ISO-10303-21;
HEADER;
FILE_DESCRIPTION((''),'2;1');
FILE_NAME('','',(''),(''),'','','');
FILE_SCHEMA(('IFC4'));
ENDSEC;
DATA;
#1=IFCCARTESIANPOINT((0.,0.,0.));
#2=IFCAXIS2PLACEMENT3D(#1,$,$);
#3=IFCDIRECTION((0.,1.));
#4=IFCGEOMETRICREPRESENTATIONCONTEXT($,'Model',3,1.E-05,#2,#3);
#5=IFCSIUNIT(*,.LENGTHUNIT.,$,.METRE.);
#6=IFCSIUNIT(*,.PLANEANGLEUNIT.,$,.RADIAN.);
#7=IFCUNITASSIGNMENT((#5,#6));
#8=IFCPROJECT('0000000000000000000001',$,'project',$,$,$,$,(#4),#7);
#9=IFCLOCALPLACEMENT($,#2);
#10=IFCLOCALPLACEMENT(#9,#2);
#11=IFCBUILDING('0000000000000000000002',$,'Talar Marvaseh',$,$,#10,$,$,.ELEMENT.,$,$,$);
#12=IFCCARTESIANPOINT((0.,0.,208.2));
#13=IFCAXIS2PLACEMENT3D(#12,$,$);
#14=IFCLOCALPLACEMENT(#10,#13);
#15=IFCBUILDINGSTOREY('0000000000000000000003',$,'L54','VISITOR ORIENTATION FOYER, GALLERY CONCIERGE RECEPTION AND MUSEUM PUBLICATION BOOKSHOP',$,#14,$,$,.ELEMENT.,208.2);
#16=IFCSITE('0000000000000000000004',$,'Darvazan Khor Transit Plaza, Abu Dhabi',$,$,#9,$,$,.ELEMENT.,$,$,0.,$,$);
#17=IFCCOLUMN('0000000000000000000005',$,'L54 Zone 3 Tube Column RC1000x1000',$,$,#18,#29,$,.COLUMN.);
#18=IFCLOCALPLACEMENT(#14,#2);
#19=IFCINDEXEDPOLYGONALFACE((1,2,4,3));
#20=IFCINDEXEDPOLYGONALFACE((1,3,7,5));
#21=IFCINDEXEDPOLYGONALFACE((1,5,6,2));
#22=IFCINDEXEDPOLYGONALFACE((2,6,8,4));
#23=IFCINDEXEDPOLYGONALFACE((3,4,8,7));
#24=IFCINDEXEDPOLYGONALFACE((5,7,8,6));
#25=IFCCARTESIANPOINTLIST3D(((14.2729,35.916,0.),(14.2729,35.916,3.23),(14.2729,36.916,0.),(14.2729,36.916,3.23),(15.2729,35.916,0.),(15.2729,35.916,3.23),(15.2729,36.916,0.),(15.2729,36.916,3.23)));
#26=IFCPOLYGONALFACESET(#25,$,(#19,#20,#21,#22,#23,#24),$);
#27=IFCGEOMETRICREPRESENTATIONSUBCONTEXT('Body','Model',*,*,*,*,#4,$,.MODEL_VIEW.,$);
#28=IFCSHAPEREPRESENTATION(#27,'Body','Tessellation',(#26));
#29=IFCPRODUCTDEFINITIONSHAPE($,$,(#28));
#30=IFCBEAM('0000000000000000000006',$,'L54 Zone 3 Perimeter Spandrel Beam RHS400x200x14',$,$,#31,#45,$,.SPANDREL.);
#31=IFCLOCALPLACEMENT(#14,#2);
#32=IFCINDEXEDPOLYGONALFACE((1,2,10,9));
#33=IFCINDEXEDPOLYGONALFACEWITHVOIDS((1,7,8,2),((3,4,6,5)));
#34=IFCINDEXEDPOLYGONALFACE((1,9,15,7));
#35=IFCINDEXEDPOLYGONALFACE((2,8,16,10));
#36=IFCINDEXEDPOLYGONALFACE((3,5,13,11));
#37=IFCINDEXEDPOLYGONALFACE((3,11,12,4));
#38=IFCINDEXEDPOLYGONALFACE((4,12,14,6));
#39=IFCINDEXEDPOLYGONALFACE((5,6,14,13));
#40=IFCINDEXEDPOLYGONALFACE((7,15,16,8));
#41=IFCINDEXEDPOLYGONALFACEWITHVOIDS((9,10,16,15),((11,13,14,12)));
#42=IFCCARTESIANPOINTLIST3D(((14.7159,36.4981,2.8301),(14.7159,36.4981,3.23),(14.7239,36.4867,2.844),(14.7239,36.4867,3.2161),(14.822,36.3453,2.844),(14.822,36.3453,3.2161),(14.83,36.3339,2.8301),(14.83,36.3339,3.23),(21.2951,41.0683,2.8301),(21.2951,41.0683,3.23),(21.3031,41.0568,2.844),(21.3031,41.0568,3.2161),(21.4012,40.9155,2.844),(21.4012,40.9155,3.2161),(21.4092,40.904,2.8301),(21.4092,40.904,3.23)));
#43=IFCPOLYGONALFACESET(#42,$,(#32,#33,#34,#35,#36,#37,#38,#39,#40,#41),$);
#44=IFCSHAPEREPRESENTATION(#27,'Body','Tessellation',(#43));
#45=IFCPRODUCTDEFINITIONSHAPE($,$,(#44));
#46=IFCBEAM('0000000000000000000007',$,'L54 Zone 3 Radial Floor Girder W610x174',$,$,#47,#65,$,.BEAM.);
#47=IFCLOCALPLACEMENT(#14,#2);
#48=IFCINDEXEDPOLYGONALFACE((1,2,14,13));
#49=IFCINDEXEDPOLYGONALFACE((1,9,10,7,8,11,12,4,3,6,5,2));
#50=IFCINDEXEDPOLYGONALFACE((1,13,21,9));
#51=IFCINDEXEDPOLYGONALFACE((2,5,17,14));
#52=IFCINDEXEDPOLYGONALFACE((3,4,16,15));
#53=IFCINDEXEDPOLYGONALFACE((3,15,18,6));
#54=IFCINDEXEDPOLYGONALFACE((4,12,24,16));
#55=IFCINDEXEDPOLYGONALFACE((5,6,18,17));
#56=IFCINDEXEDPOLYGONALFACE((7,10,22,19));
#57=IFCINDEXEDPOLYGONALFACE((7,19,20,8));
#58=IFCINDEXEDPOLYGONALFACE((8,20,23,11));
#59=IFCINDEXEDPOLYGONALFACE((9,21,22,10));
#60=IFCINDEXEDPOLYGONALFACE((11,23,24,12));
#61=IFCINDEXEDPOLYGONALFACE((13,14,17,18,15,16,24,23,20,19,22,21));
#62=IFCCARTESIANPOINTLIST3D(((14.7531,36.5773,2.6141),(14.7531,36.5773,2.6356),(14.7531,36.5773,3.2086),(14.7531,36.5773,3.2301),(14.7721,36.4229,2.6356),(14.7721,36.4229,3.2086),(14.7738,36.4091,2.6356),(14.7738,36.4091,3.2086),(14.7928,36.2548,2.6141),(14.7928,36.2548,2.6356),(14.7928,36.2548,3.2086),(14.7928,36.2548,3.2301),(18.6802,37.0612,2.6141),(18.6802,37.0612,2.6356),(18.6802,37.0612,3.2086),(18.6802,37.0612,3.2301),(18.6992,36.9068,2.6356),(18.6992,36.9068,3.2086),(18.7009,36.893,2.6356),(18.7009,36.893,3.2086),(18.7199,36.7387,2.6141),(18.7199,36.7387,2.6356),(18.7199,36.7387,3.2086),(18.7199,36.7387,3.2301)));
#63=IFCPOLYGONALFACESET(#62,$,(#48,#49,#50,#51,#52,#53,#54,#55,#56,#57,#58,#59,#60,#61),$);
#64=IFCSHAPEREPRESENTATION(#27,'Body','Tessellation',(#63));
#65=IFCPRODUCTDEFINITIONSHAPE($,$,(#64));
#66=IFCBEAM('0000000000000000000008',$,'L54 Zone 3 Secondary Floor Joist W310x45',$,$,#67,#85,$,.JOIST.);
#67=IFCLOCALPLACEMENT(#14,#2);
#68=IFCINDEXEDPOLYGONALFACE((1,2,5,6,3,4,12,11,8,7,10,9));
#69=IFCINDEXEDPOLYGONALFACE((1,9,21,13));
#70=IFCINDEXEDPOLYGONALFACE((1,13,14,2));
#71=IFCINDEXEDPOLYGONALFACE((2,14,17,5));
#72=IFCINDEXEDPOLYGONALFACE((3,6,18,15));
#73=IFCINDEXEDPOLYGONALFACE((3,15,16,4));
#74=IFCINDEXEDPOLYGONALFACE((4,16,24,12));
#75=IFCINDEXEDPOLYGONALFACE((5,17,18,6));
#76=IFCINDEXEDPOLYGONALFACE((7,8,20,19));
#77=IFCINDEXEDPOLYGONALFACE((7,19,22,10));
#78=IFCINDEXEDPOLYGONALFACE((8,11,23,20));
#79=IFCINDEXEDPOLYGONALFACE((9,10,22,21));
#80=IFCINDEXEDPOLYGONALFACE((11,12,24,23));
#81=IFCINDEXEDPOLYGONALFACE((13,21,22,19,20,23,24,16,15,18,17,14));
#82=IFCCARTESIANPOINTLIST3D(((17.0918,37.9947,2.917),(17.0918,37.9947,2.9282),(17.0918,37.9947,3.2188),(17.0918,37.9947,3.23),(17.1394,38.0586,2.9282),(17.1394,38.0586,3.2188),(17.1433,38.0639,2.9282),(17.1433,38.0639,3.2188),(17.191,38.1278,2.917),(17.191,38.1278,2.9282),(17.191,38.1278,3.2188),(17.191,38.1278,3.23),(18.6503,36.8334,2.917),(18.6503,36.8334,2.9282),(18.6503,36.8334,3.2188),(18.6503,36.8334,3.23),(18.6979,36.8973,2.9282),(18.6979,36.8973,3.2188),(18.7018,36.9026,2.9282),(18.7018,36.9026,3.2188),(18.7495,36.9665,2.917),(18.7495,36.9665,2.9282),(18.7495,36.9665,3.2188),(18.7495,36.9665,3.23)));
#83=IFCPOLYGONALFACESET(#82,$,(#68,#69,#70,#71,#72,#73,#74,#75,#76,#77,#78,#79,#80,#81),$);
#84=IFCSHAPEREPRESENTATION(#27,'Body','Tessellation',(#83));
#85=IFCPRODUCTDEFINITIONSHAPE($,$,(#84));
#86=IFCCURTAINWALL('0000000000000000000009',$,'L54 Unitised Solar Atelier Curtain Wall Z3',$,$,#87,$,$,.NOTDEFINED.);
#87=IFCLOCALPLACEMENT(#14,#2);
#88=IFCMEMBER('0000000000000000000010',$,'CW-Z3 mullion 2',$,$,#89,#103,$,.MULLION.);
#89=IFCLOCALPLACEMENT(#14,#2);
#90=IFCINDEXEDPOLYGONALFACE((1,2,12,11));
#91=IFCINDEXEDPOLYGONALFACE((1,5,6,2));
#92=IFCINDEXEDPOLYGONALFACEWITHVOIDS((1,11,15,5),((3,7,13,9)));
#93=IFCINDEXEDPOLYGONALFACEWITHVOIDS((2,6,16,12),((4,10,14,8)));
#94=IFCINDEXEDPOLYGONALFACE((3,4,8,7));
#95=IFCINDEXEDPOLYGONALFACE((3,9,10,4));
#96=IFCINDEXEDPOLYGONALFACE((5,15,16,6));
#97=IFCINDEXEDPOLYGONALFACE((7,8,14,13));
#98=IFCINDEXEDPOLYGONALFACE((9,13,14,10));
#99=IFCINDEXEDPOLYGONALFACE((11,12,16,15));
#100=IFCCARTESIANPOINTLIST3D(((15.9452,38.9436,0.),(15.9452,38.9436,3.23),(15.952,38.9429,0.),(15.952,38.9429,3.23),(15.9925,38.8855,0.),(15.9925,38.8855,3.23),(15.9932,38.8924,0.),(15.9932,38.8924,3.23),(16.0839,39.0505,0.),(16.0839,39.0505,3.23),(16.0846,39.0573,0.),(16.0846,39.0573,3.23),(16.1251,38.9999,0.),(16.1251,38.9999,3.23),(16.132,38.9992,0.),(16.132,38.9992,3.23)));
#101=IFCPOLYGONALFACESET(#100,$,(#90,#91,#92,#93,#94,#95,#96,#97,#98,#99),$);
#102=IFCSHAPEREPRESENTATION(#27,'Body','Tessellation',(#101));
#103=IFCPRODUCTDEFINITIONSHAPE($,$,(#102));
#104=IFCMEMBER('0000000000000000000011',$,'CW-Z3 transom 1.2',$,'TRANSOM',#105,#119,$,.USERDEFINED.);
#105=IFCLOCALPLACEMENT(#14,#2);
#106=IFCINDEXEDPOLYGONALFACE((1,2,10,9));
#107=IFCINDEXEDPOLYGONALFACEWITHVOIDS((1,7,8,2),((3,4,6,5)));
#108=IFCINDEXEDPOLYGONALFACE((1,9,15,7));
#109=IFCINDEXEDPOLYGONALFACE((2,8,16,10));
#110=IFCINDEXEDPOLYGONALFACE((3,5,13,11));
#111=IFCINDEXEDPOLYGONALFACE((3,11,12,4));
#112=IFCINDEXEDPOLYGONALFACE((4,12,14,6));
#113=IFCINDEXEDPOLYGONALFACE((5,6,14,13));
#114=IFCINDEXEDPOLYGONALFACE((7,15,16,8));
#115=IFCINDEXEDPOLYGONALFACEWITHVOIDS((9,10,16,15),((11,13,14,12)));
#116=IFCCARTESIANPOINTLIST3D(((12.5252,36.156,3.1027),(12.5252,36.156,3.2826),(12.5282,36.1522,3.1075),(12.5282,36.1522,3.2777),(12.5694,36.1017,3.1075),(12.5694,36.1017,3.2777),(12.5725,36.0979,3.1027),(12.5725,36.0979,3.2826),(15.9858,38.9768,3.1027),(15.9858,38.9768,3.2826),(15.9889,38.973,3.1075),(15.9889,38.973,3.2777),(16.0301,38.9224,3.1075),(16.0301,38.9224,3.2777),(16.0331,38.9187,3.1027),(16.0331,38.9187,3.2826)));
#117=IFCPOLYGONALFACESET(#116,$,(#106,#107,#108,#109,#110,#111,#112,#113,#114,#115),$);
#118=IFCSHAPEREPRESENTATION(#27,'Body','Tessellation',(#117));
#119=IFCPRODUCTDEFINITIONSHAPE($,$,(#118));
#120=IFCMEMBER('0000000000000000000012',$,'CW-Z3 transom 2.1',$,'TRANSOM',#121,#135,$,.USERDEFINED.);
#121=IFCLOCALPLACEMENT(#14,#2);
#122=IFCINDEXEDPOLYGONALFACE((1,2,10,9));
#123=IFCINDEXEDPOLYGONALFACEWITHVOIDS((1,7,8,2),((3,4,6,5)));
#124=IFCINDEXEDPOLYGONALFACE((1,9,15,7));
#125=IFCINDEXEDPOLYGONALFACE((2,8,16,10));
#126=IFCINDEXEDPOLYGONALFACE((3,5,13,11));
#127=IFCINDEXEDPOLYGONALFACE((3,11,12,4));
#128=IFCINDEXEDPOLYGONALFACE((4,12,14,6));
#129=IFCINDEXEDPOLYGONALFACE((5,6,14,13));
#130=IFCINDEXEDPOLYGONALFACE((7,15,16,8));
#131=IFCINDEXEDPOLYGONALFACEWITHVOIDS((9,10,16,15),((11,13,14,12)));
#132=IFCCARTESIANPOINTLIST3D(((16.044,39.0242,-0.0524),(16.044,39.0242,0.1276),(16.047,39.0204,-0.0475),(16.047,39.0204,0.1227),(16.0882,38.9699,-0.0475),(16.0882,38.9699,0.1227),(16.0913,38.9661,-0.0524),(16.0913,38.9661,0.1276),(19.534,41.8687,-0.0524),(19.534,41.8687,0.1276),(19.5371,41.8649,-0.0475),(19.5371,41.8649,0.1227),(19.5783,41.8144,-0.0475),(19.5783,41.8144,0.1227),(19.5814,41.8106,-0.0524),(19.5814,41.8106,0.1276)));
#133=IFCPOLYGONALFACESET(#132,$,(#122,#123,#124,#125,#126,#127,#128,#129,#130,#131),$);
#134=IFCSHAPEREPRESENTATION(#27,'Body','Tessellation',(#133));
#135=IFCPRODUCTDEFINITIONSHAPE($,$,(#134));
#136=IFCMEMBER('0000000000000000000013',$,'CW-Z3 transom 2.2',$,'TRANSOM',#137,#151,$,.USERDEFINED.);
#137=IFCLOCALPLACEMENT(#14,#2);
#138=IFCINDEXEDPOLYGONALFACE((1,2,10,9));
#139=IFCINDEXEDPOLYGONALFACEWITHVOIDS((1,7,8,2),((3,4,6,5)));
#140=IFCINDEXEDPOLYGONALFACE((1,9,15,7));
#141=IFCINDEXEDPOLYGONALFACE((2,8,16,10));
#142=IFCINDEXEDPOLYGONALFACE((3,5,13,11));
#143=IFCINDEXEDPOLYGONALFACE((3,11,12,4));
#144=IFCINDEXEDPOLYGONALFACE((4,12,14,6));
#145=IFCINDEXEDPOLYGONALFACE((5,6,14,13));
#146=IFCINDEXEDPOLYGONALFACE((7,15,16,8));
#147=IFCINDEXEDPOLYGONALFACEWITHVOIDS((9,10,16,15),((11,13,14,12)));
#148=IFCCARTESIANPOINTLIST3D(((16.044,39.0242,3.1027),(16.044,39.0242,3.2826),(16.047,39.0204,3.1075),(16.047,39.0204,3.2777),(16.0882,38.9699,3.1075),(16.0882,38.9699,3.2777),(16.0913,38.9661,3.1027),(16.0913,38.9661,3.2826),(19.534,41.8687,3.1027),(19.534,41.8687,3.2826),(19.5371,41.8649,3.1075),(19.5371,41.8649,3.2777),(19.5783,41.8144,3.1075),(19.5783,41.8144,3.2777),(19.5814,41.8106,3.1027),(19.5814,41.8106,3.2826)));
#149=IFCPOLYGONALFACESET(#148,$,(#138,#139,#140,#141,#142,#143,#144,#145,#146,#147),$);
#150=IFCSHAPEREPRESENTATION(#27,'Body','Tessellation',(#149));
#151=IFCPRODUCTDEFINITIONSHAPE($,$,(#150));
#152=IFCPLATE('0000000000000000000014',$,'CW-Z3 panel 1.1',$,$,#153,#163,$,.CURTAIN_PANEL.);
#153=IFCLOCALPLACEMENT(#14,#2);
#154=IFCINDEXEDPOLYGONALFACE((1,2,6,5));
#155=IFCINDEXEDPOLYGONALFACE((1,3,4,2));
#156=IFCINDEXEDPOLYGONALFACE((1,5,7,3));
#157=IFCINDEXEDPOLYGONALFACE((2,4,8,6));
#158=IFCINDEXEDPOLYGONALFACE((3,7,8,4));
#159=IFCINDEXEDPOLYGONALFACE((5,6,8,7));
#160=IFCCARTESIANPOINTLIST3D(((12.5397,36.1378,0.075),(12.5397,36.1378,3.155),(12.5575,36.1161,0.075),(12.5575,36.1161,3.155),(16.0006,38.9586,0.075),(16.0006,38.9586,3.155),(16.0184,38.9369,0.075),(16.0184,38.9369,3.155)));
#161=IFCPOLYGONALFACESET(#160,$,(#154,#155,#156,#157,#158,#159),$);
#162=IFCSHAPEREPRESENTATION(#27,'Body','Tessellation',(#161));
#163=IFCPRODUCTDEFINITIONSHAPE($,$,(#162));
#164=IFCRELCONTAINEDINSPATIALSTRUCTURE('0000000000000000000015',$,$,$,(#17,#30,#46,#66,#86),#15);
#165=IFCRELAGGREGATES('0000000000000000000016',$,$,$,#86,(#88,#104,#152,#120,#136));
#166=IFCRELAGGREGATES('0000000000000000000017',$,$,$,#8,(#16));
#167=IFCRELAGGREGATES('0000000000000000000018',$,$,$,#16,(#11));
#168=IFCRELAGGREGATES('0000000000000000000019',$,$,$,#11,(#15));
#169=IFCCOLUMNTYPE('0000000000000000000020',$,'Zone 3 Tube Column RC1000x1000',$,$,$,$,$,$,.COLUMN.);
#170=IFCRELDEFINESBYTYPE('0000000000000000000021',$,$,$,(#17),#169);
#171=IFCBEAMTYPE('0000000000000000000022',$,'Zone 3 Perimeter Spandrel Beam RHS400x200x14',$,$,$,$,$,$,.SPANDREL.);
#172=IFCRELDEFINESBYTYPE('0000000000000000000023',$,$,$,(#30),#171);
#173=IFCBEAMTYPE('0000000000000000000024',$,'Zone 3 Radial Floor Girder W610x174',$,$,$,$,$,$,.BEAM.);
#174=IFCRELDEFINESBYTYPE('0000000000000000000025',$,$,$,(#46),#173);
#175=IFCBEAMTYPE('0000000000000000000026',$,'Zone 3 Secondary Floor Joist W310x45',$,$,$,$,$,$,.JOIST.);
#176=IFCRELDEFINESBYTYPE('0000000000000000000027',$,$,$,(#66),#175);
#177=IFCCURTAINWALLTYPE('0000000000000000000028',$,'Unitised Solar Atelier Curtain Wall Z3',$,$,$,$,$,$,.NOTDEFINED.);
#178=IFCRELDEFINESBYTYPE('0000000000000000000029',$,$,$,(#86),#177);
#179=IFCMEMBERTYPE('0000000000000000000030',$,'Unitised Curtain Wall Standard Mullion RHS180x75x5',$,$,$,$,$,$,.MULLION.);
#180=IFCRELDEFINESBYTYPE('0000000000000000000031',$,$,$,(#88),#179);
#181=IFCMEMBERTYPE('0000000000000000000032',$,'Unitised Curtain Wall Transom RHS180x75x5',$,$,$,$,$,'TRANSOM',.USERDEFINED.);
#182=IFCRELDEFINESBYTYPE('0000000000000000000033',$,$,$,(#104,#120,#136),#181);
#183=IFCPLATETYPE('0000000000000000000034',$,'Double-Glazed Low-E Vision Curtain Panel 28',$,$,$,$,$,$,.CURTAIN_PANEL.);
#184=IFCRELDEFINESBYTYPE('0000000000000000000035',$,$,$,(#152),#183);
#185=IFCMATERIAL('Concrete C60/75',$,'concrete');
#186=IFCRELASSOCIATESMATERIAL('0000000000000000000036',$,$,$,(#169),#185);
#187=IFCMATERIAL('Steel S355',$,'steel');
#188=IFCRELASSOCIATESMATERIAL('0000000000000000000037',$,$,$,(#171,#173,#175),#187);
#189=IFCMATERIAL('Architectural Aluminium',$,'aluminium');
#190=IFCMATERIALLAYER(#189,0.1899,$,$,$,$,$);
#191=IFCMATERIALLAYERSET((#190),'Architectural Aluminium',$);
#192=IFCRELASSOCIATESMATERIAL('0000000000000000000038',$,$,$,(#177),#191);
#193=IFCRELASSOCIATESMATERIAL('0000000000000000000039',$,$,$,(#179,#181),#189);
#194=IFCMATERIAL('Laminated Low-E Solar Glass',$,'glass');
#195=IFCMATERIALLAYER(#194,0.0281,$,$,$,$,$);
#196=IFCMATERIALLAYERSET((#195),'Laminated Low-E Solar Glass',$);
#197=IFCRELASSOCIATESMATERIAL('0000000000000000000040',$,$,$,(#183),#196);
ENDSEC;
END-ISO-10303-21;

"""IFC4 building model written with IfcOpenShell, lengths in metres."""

from ifc_helpers import new_model, si_unit, direction, frame, origin, origin_2d, place, context, subcontext, project, spatial, rectangle, hollow_rectangle, i_section, extrude, source, transform, mapped, material, layer, layer_set, material_profile, profile_set, type_object, type_shapes, element, aggregate, save


model = new_model("IFC4")

# Units and contexts
model_context = context("Model", 3, precision=1e-05, world=origin(), true_north=direction((0.0, 1.0)))
body_context = subcontext(model_context, "Body", "Model", "MODEL_VIEW")
ifc_project = project(units=[si_unit("LENGTHUNIT", "METRE"), si_unit("PLANEANGLEUNIT", "RADIAN")], contexts=[model_context])

# Site, building, storey
site_placement = place(None, origin())
site = spatial("IfcSite", under=ifc_project, at=site_placement, Name="Darvazan Khor Transit Plaza, Abu Dhabi", CompositionType="ELEMENT", RefElevation=0.0)
building_placement = place(site_placement, origin())
building = spatial("IfcBuilding", under=site, at=building_placement, Name="Talar Marvaseh", CompositionType="ELEMENT")
storey_placement = place(building_placement, frame((0.0, 0.0, 208.2)))
storey = spatial("IfcBuildingStorey", under=building, at=storey_placement, Name="L54", Description="VISITOR ORIENTATION FOYER, GALLERY CONCIERGE RECEPTION AND MUSEUM PUBLICATION BOOKSHOP", CompositionType="ELEMENT", Elevation=208.2)

# Column
ifc_material_1 = material(Name="Concrete C60/75", Category="concrete")
ifc_material_profile_1 = material_profile(ifc_material_1, rectangle(XDim=1.0, YDim=1.0, at=origin_2d()), Name="RC1000x1000")
ifc_profile_set_1 = profile_set([ifc_material_profile_1], Name="Concrete C60/75")
column_type = type_object("IfcColumnType", Name="Zone 3 Tube Column RC1000x1000", PredefinedType="COLUMN", material=ifc_profile_set_1)
column_placement = place(storey_placement, frame((14.7729, 36.416, 0.0), z_axis=(0.0, 0.0, 1.0), x_axis=(1.0, 0.0, 0.0)))
element("IfcColumn", 1, at=column_placement, inside=storey, type_object=column_type, Name="L54 Zone 3 Tube Column RC1000x1000", PredefinedType="COLUMN", context=body_context, shape_type="SweptSolid", body=[
    extrude(rectangle(XDim=1.0, YDim=1.0, at=origin_2d()), origin(), (0.0, 0.0, 1.0), 3.23),
])

# Beams
ifc_material_2 = material(Name="Steel S355", Category="steel")
ifc_material_profile_2 = material_profile(ifc_material_2, hollow_rectangle(XDim=0.2, YDim=0.3999, WallThickness=0.0139, at=origin_2d()), Name="RHS400x200x14")
ifc_profile_set_2 = profile_set([ifc_material_profile_2], Name="Steel S355")
beam_type_1 = type_object("IfcBeamType", Name="Zone 3 Perimeter Spandrel Beam RHS400x200x14", PredefinedType="SPANDREL", material=ifc_profile_set_2)
beam_1_placement = place(storey_placement, frame((14.7729, 36.416, 3.03), z_axis=(0.821297, 0.570501, 0.0), x_axis=(-0.570501, 0.821297, 0.0)))
element("IfcBeam", 2, at=beam_1_placement, inside=storey, type_object=beam_type_1, Name="L54 Zone 3 Perimeter Spandrel Beam RHS400x200x14", PredefinedType="SPANDREL", context=body_context, shape_type="SweptSolid", body=[
    extrude(hollow_rectangle(XDim=0.2, YDim=0.3999, WallThickness=0.0139, at=origin_2d()), origin(), (0.0, 0.0, 1.0), 8.0107),
])
ifc_material_profile_3 = material_profile(ifc_material_2, i_section(OverallWidth=0.325, OverallDepth=0.616, WebThickness=0.0139, FlangeThickness=0.0215, at=origin_2d()), Name="W610x174")
ifc_profile_set_3 = profile_set([ifc_material_profile_3], Name="Steel S355")
beam_type_2 = type_object("IfcBeamType", Name="Zone 3 Radial Floor Girder W610x174", PredefinedType="BEAM", material=ifc_profile_set_3)
beam_2_placement = place(storey_placement, frame((14.7729, 36.416, 2.9221), z_axis=(0.992494, 0.122295, 0.0), x_axis=(-0.122295, 0.992494, 0.0)))
element("IfcBeam", 3, at=beam_2_placement, inside=storey, type_object=beam_type_2, Name="L54 Zone 3 Radial Floor Girder W610x174", PredefinedType="BEAM", context=body_context, shape_type="SweptSolid", body=[
    extrude(i_section(OverallWidth=0.325, OverallDepth=0.616, WebThickness=0.0139, FlangeThickness=0.0215, at=origin_2d()), origin(), (0.0, 0.0, 1.0), 3.9568),
])
ifc_material_profile_4 = material_profile(ifc_material_2, i_section(OverallWidth=0.166, OverallDepth=0.313, WebThickness=0.0066, FlangeThickness=0.0112, at=origin_2d()), Name="W310x45")
ifc_profile_set_4 = profile_set([ifc_material_profile_4], Name="Steel S355")
beam_type_3 = type_object("IfcBeamType", Name="Zone 3 Secondary Floor Joist W310x45", PredefinedType="JOIST", material=ifc_profile_set_4)
beam_3_placement = place(storey_placement, frame((17.1414, 38.0613, 3.0735), z_axis=(0.801865, -0.597505, 0.0), x_axis=(0.597505, 0.801865, 0.0)))
element("IfcBeam", 4, at=beam_3_placement, inside=storey, type_object=beam_type_3, Name="L54 Zone 3 Secondary Floor Joist W310x45", PredefinedType="JOIST", context=body_context, shape_type="SweptSolid", body=[
    extrude(i_section(OverallWidth=0.166, OverallDepth=0.313, WebThickness=0.0066, FlangeThickness=0.0112, at=origin_2d()), origin(), (0.0, 0.0, 1.0), 1.9436),
])

# Curtain wall, members, plate
ifc_material_3 = material(Name="Architectural Aluminium", Category="aluminium")
ifc_layer_1 = layer(ifc_material_3, 0.1899)
ifc_layer_set_1 = layer_set([ifc_layer_1], Name="Architectural Aluminium")
curtain_wall_type = type_object("IfcCurtainWallType", Name="Unitised Solar Atelier Curtain Wall Z3", PredefinedType="NOTDEFINED", material=ifc_layer_set_1)
curtain_wall_placement = place(storey_placement, origin())
curtain_wall = element("IfcCurtainWall", 5, at=curtain_wall_placement, inside=storey, type_object=curtain_wall_type, Name="L54 Unitised Solar Atelier Curtain Wall Z3", PredefinedType="NOTDEFINED")
ifc_material_profile_5 = material_profile(ifc_material_3, hollow_rectangle(XDim=0.075, YDim=0.1799, WallThickness=0.0049, at=origin_2d()), Name="RHS180x75x5")
ifc_profile_set_5 = profile_set([ifc_material_profile_5], Name="Architectural Aluminium")
member_type_1 = type_object("IfcMemberType", Name="Unitised Curtain Wall Standard Mullion RHS180x75x5", PredefinedType="MULLION", material=ifc_profile_set_5)
shared_shape_1 = source(origin(), body_context, "Body", "SweptSolid", [
    extrude(hollow_rectangle(XDim=0.075, YDim=0.1799, WallThickness=0.0049, at=origin_2d()), origin(), (0.0, 0.0, 1.0), 3.23),
])
type_shapes(member_type_1, [shared_shape_1])
member_1_placement = place(storey_placement, frame((16.0386, 38.9714, 0.0), z_axis=(0.0, 0.0, 1.0), x_axis=(-0.631784, 0.775145, 0.0)))
member_1 = element("IfcMember", 6, at=member_1_placement, type_object=member_type_1, Name="CW-Z3 mullion 2", PredefinedType="MULLION", context=body_context, shape_type="MappedRepresentation", body=[
    mapped(shared_shape_1, transform((0.0, 0.0, 0.0), x_axis=(1.0, 0.0, 0.0), y_axis=(0.0, 1.0, 0.0), z_axis=(0.0, 0.0, 1.0), scale=1.0)),
])
ifc_material_profile_6 = material_profile(ifc_material_3, hollow_rectangle(XDim=0.075, YDim=0.1799, WallThickness=0.0049, at=origin_2d()), Name="RHS180x75x5")
ifc_profile_set_6 = profile_set([ifc_material_profile_6], Name="Architectural Aluminium")
member_type_2 = type_object("IfcMemberType", Name="Unitised Curtain Wall Transom RHS180x75x5", ElementType="TRANSOM", PredefinedType="USERDEFINED", material=ifc_profile_set_6)
shared_shape_2 = source(origin(), body_context, "Body", "SweptSolid", [
    extrude(hollow_rectangle(XDim=0.075, YDim=0.1799, WallThickness=0.0049, at=origin_2d()), origin(), (0.0, 0.0, 1.0), 4.4646),
])
member_2_placement = place(storey_placement, frame((12.5488, 36.127, 3.1926), z_axis=(0.775128, 0.631804, 0.0), x_axis=(-0.631804, 0.775128, 0.0)))
member_2 = element("IfcMember", 7, at=member_2_placement, type_object=member_type_2, Name="CW-Z3 transom 1.2", ObjectType="TRANSOM", PredefinedType="USERDEFINED", context=body_context, shape_type="MappedRepresentation", body=[
    mapped(shared_shape_2, transform((0.0, 0.0, 0.0), x_axis=(1.0, 0.0, 0.0), y_axis=(0.0, 1.0, 0.0), z_axis=(0.0, 0.0, 1.0), scale=1.0)),
])
shared_shape_3 = source(origin(), body_context, "Body", "SweptSolid", [
    extrude(hollow_rectangle(XDim=0.075, YDim=0.1799, WallThickness=0.0049, at=origin_2d()), origin(), (0.0, 0.0, 1.0), 4.5024),
])
type_shapes(member_type_2, [shared_shape_2, shared_shape_3])
member_3_placement = place(storey_placement, frame((16.0676, 38.9951, 0.0376), z_axis=(0.775149, 0.631778, 0.0), x_axis=(-0.631778, 0.775149, 0.0)))
member_3 = element("IfcMember", 8, at=member_3_placement, type_object=member_type_2, Name="CW-Z3 transom 2.1", ObjectType="TRANSOM", PredefinedType="USERDEFINED", context=body_context, shape_type="MappedRepresentation", body=[
    mapped(shared_shape_3, transform((0.0, 0.0, 0.0), x_axis=(1.0, 0.0, 0.0), y_axis=(0.0, 1.0, 0.0), z_axis=(0.0, 0.0, 1.0), scale=1.0)),
])
member_4_placement = place(storey_placement, frame((16.0676, 38.9951, 3.1926), z_axis=(0.775149, 0.631778, 0.0), x_axis=(-0.631778, 0.775149, 0.0)))
member_4 = element("IfcMember", 9, at=member_4_placement, type_object=member_type_2, Name="CW-Z3 transom 2.2", ObjectType="TRANSOM", PredefinedType="USERDEFINED", context=body_context, shape_type="MappedRepresentation", body=[
    mapped(shared_shape_3, transform((0.0, 0.0, 0.0), x_axis=(1.0, 0.0, 0.0), y_axis=(0.0, 1.0, 0.0), z_axis=(0.0, 0.0, 1.0), scale=1.0)),
])
ifc_material_4 = material(Name="Laminated Low-E Solar Glass", Category="glass")
ifc_layer_2 = layer(ifc_material_4, 0.0281)
ifc_layer_set_2 = layer_set([ifc_layer_2], Name="Laminated Low-E Solar Glass")
plate_type = type_object("IfcPlateType", Name="Double-Glazed Low-E Vision Curtain Panel 28", PredefinedType="CURTAIN_PANEL", material=ifc_layer_set_2)
shared_shape_4 = source(origin(), body_context, "Body", "SweptSolid", [
    extrude(rectangle(XDim=4.4648, YDim=0.0281, at=origin_2d()), origin(), (0.0, 0.0, 1.0), 3.0801),
])
plate_1_placement = place(storey_placement, frame((14.2791, 37.5374, 0.075), z_axis=(0.0, 0.0, 1.0), x_axis=(0.775145, 0.631784, 0.0)))
plate_1 = element("IfcPlate", 10, at=plate_1_placement, type_object=plate_type, Name="CW-Z3 panel 1.1", PredefinedType="CURTAIN_PANEL", context=body_context, shape_type="MappedRepresentation", body=[
    mapped(shared_shape_4, transform((0.0, 0.0, 0.0), x_axis=(1.0, 0.0, 0.0), y_axis=(0.0, 1.0, 0.0), z_axis=(0.0, 0.0, 1.0), scale=1.0)),
])
aggregate(curtain_wall, [member_1, member_2, plate_1, member_3, member_4])

save(model, "model.ifc")
